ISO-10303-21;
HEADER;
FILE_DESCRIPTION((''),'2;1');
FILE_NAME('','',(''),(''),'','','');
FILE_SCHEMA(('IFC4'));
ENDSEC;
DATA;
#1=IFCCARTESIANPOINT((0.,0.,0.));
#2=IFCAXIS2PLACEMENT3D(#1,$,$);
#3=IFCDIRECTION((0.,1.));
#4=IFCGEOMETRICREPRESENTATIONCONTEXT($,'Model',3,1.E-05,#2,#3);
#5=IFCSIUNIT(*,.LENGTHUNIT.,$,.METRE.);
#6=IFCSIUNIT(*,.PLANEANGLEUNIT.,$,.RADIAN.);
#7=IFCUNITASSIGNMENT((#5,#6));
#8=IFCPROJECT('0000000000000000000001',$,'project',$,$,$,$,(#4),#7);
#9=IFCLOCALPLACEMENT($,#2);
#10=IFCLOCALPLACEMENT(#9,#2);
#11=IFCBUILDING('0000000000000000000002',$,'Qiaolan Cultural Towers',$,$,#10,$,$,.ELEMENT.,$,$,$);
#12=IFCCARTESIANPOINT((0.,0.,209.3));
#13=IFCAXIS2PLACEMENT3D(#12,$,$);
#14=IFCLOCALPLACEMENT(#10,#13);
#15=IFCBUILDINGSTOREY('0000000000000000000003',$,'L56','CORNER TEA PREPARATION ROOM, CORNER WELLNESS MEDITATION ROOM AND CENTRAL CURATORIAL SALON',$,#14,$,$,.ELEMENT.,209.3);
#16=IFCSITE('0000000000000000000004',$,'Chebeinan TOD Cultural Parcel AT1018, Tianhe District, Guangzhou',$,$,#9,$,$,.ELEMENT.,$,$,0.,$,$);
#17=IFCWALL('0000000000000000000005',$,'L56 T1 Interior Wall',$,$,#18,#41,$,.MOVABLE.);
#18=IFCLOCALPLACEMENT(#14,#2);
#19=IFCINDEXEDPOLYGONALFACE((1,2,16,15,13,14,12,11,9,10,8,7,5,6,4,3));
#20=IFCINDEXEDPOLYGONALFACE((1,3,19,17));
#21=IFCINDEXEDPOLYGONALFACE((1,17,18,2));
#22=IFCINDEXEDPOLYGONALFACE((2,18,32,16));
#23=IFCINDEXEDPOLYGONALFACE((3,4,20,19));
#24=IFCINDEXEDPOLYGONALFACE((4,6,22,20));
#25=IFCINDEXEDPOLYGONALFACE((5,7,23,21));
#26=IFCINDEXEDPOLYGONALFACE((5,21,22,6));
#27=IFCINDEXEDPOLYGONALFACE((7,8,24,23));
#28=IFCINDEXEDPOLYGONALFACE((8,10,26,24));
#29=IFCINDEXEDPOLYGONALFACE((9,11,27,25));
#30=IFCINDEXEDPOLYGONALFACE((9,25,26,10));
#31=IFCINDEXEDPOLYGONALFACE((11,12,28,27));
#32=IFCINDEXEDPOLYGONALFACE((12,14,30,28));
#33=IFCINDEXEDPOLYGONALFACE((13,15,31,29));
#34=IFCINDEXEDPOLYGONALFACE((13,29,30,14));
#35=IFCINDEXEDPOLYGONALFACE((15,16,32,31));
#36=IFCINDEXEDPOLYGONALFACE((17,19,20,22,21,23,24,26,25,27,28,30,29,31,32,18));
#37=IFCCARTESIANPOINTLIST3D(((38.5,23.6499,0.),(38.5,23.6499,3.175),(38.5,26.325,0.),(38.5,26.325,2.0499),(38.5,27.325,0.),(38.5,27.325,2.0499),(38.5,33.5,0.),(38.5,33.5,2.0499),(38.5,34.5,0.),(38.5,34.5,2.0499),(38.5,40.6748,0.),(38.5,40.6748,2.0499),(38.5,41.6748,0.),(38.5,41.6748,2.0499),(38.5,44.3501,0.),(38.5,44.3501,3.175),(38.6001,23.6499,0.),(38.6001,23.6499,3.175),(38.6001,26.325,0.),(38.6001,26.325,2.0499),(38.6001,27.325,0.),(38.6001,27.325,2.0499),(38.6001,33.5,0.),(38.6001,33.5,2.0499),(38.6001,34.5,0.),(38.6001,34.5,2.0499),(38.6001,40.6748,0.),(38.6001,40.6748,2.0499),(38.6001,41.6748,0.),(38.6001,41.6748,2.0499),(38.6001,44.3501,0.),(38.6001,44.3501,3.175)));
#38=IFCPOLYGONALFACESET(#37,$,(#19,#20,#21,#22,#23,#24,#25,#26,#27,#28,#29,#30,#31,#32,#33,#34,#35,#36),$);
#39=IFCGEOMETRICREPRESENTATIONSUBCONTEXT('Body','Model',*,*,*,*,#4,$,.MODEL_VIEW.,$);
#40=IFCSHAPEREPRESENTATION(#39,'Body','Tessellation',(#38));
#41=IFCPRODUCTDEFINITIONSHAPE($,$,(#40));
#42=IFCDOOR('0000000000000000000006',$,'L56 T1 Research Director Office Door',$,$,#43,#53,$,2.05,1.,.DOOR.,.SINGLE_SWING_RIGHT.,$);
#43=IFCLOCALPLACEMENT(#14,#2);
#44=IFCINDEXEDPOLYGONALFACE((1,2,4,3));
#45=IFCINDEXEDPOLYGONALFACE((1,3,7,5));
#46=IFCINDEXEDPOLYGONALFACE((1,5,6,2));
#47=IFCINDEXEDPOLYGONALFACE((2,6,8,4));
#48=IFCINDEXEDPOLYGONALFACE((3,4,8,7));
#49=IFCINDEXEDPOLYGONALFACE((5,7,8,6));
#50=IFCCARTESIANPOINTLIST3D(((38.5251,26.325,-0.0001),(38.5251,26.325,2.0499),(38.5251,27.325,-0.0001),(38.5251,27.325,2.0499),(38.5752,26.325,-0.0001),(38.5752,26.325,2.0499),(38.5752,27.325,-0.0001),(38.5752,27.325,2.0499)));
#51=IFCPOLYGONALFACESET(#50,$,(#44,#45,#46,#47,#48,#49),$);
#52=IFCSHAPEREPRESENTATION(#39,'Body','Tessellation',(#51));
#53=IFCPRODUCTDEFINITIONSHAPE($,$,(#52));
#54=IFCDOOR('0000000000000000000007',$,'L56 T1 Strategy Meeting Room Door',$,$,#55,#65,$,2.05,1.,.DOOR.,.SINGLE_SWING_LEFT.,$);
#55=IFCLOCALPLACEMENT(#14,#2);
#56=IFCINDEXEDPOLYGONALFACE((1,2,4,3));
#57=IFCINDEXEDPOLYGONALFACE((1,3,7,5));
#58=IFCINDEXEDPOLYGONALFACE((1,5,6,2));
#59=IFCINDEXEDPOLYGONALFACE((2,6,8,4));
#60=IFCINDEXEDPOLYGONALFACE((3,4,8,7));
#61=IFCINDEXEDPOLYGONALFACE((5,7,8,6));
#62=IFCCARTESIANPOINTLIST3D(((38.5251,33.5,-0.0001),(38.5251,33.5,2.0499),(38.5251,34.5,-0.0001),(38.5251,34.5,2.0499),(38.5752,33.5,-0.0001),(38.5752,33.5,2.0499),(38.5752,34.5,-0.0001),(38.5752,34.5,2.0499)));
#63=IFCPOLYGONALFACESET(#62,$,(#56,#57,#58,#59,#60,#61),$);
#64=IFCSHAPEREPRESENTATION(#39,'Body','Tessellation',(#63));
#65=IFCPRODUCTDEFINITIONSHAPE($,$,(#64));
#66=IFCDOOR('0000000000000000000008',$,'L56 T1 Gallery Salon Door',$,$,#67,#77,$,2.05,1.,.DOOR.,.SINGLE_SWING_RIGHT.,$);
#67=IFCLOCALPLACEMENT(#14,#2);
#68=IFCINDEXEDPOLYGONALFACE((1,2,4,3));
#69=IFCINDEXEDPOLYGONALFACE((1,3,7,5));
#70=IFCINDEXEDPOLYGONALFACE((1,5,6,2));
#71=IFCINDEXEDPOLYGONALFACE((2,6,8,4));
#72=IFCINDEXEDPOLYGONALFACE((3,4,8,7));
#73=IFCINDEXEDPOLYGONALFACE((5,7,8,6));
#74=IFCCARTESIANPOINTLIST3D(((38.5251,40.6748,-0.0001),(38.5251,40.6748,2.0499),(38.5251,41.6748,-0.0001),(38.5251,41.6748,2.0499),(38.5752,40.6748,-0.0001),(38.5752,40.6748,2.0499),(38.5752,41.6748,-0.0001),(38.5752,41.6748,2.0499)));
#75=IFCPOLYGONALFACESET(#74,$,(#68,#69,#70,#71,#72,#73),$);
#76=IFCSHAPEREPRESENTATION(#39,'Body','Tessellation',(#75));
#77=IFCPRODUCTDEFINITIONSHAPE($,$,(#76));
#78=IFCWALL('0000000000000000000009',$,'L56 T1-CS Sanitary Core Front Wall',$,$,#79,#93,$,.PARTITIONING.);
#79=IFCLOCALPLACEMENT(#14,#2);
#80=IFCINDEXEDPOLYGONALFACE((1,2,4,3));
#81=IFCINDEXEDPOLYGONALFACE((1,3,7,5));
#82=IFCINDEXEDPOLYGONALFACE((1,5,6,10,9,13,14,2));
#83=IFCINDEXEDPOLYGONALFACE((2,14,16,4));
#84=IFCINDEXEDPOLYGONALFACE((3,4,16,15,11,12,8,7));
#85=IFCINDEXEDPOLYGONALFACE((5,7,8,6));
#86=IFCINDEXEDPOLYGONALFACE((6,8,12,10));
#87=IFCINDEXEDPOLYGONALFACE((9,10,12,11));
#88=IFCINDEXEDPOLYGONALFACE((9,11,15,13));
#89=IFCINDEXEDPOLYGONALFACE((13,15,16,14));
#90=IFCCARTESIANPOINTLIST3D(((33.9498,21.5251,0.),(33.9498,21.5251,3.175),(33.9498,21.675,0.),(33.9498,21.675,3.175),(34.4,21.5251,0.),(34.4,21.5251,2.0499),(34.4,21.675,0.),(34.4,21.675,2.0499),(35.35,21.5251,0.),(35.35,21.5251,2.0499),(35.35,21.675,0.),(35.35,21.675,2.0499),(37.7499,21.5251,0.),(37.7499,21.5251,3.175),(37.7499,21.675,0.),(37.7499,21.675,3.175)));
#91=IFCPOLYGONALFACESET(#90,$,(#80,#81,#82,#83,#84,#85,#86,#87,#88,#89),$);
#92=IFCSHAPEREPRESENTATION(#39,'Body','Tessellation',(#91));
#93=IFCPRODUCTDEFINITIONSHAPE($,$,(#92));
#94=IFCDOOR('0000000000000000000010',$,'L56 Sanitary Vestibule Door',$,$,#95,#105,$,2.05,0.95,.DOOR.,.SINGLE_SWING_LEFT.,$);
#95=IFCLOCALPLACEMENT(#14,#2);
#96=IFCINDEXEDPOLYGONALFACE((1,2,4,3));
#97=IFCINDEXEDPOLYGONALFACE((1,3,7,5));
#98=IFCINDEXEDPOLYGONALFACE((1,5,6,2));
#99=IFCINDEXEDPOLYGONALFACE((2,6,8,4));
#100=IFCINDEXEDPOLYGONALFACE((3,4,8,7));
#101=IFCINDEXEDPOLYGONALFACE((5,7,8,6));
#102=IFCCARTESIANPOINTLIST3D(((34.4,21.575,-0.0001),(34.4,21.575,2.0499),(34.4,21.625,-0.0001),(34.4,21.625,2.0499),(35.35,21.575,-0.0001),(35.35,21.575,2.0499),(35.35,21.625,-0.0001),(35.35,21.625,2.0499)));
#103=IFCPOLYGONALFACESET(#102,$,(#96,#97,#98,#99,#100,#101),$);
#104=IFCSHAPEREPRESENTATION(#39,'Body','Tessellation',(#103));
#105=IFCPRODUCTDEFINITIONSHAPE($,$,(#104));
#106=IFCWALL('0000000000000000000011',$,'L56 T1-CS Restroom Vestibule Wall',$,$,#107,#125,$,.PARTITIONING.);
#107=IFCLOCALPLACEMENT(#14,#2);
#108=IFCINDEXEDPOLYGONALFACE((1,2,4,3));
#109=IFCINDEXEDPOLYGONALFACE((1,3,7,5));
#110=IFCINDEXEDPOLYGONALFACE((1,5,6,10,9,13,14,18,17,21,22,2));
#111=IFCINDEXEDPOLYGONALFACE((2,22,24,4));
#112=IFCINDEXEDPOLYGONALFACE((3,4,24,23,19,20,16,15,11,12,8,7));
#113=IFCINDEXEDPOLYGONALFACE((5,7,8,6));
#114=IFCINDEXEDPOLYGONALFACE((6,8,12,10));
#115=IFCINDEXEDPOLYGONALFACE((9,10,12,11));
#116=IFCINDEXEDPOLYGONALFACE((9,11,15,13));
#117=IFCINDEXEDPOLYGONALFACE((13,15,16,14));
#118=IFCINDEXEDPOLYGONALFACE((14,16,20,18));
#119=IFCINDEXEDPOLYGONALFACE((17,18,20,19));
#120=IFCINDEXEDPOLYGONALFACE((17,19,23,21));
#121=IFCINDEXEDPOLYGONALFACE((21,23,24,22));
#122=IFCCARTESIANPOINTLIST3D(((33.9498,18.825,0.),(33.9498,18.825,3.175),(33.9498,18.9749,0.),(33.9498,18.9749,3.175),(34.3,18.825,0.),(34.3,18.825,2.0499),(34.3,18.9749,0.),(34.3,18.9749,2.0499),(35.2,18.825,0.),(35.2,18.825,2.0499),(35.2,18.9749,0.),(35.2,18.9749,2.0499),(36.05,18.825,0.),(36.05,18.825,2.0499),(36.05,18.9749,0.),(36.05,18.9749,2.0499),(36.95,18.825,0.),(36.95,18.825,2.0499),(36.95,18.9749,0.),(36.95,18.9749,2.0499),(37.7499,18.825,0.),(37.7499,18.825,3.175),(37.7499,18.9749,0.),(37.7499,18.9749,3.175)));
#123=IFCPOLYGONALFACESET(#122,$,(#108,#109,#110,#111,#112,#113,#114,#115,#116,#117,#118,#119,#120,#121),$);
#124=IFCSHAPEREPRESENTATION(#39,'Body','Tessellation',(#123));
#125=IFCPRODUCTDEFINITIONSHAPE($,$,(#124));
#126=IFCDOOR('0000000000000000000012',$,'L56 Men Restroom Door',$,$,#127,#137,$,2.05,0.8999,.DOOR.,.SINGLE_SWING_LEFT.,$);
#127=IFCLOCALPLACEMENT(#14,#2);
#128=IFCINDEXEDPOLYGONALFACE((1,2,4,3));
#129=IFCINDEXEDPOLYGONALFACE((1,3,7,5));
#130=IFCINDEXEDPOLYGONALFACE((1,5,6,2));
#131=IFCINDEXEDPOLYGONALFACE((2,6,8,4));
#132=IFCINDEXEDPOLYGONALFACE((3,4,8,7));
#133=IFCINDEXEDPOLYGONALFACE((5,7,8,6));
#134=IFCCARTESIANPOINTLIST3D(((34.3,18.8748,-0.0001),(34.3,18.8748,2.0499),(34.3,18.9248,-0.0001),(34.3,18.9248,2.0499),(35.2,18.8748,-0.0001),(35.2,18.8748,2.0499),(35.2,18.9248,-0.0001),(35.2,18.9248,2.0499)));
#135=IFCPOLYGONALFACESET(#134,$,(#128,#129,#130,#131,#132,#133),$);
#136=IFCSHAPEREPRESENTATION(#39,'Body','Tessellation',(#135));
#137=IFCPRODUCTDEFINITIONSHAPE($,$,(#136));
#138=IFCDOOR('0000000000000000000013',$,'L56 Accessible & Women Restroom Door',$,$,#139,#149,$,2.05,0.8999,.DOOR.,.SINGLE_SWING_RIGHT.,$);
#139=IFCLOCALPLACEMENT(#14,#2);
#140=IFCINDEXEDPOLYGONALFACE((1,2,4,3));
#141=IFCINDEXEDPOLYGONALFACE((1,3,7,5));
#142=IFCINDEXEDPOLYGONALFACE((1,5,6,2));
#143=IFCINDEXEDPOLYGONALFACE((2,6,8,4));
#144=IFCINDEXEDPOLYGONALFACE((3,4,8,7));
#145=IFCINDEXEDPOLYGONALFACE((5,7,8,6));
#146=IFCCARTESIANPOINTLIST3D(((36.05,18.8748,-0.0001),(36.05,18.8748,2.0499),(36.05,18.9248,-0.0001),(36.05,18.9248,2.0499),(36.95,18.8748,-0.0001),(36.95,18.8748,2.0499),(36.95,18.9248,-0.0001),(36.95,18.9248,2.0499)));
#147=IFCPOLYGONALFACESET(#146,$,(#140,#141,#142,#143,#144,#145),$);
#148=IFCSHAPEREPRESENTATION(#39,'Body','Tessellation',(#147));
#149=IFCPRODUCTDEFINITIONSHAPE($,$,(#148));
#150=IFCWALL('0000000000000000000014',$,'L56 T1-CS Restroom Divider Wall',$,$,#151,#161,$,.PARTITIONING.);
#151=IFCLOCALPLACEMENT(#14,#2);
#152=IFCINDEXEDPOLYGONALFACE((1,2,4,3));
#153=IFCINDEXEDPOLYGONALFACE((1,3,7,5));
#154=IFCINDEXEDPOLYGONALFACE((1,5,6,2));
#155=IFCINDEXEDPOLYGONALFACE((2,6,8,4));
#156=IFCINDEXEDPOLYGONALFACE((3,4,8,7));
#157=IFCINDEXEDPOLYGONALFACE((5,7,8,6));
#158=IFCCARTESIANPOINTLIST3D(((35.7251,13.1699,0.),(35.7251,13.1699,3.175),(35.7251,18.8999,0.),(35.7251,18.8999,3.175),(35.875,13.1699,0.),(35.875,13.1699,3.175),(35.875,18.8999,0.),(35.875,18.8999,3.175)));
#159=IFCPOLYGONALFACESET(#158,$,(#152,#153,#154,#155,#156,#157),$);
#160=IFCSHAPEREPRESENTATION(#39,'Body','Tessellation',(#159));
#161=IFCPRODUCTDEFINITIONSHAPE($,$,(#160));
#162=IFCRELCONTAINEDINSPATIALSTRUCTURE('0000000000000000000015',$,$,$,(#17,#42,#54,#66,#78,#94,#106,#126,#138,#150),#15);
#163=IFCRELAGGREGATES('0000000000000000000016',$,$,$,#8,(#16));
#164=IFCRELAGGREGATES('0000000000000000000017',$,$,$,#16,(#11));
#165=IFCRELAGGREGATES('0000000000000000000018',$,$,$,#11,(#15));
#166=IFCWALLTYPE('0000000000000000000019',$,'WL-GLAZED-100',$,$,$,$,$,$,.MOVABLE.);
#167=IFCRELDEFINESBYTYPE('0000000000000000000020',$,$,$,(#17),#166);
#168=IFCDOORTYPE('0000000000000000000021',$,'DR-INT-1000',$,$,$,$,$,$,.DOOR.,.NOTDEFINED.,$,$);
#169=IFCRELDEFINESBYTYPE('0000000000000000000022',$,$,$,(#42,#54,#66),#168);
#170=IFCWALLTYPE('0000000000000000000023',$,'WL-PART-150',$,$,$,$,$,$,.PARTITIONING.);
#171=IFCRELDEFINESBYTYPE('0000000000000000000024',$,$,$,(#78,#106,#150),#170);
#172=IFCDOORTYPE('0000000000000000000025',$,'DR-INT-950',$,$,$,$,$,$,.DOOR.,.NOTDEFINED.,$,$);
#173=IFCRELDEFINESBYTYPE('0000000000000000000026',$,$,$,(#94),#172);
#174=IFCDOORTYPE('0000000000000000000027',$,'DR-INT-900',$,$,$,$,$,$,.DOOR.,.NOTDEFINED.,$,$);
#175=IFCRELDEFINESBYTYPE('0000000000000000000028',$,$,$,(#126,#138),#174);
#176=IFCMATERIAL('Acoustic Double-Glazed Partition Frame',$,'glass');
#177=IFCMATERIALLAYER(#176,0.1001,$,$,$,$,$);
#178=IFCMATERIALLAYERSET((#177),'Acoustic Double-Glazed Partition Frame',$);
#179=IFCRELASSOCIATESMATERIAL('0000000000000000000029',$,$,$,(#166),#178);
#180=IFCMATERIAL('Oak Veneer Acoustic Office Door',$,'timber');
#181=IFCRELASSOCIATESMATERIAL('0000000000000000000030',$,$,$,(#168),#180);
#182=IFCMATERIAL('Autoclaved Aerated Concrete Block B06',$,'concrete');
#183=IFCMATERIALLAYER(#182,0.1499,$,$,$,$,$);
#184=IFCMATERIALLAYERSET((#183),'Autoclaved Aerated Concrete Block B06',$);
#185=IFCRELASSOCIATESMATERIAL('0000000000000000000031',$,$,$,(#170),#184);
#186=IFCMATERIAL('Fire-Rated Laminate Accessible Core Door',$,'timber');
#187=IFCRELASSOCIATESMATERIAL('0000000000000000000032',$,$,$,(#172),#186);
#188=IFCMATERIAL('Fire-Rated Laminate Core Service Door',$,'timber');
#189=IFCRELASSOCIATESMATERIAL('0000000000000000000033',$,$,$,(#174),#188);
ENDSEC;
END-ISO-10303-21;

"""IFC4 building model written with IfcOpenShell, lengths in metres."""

from ifc_helpers import new_model, si_unit, direction, frame, frame_2d, origin, place, context, subcontext, project, spatial, rectangle, extrude, material, layer, layer_set, type_object, element, fill, save


model = new_model("IFC4")

# Units and contexts
model_context = context("Model", 3, precision=1e-05, world=origin(), true_north=direction((0.0, 1.0)))
body_context = subcontext(model_context, "Body", "Model", "MODEL_VIEW")
ifc_project = project(units=[si_unit("LENGTHUNIT", "METRE"), si_unit("PLANEANGLEUNIT", "RADIAN")], contexts=[model_context])

# Site, building, storey
site_placement = place(None, origin())
site = spatial("IfcSite", under=ifc_project, at=site_placement, Name="Chebeinan TOD Cultural Parcel AT1018, Tianhe District, Guangzhou", CompositionType="ELEMENT", RefElevation=0.0)
building_placement = place(site_placement, origin())
building = spatial("IfcBuilding", under=site, at=building_placement, Name="Qiaolan Cultural Towers", CompositionType="ELEMENT")
storey_placement = place(building_placement, frame((0.0, 0.0, 209.3)))
storey = spatial("IfcBuildingStorey", under=building, at=storey_placement, Name="L56", Description="CORNER TEA PREPARATION ROOM, CORNER WELLNESS MEDITATION ROOM AND CENTRAL CURATORIAL SALON", CompositionType="ELEMENT", Elevation=209.3)

# Shared definitions
ifc_material_1 = material(Name="Acoustic Double-Glazed Partition Frame", Category="glass")
ifc_layer_1 = layer(ifc_material_1, 0.1001)
ifc_layer_set_1 = layer_set([ifc_layer_1], Name="Acoustic Double-Glazed Partition Frame")
wall_type_1 = type_object("IfcWallType", Name="WL-GLAZED-100", PredefinedType="MOVABLE", material=ifc_layer_set_1)

# Wall, openings, doors
wall_1_placement = place(storey_placement, frame((38.55, 23.6499, 0.0), z_axis=(0.0, 0.0, 1.0), x_axis=(0.0, 1.0, 0.0)))
wall_1 = element("IfcWall", 1, at=wall_1_placement, inside=storey, type_object=wall_type_1, Name="L56 T1 Interior Wall", PredefinedType="MOVABLE", context=body_context, shape_type="SweptSolid", body=[
    extrude(rectangle(XDim=20.7002, YDim=0.1001, at=frame_2d((10.3501, 0.0))), origin(), (0.0, 0.0, 1.0), 3.175),
])
opening_1_placement = place(wall_1_placement, frame((2.675, 0.0, 0.0)))
opening_1 = element("IfcOpeningElement", 2, at=opening_1_placement, cuts=wall_1, PredefinedType="OPENING", context=body_context, shape_type="SweptSolid", body=[
    extrude(rectangle(XDim=1.0, YDim=2.05, at=frame_2d((0.5, 1.0249))), frame((0.0, 0.0601, 0.0), z_axis=(0.0, -1.0, 0.0), x_axis=(1.0, 0.0, 0.0)), (0.0, 0.0, 1.0), 0.1201),
])
opening_2_placement = place(wall_1_placement, frame((9.8501, 0.0, 0.0)))
opening_2 = element("IfcOpeningElement", 3, at=opening_2_placement, cuts=wall_1, PredefinedType="OPENING", context=body_context, shape_type="SweptSolid", body=[
    extrude(rectangle(XDim=1.0, YDim=2.05, at=frame_2d((0.5, 1.0249))), frame((0.0, 0.0601, 0.0), z_axis=(0.0, -1.0, 0.0), x_axis=(1.0, 0.0, 0.0)), (0.0, 0.0, 1.0), 0.1201),
])
opening_3_placement = place(wall_1_placement, frame((17.0249, 0.0, 0.0)))
opening_3 = element("IfcOpeningElement", 4, at=opening_3_placement, cuts=wall_1, PredefinedType="OPENING", context=body_context, shape_type="SweptSolid", body=[
    extrude(rectangle(XDim=1.0, YDim=2.05, at=frame_2d((0.5, 1.0249))), frame((0.0, 0.0601, 0.0), z_axis=(0.0, -1.0, 0.0), x_axis=(1.0, 0.0, 0.0)), (0.0, 0.0, 1.0), 0.1201),
])
ifc_material_2 = material(Name="Oak Veneer Acoustic Office Door", Category="timber")
door_type_1 = type_object("IfcDoorType", Name="DR-INT-1000", OperationType="NOTDEFINED", PredefinedType="DOOR", material=ifc_material_2)
door_1_placement = place(opening_1_placement, origin())
door_1 = element("IfcDoor", 5, at=door_1_placement, inside=storey, type_object=door_type_1, Name="L56 T1 Research Director Office Door", OperationType="SINGLE_SWING_RIGHT", OverallHeight=2.05, OverallWidth=1.0, PredefinedType="DOOR", context=body_context, shape_type="SweptSolid", body=[
    extrude(rectangle(XDim=1.0, YDim=2.05, at=frame_2d((0.5, 1.0249))), frame((0.0, 0.0249, 0.0), z_axis=(0.0, -1.0, 0.0), x_axis=(1.0, 0.0, 0.0)), (0.0, 0.0, 1.0), 0.05),
])
fill(opening_1, door_1)
door_2_placement = place(opening_2_placement, origin())
door_2 = element("IfcDoor", 6, at=door_2_placement, inside=storey, type_object=door_type_1, Name="L56 T1 Strategy Meeting Room Door", OperationType="SINGLE_SWING_LEFT", OverallHeight=2.05, OverallWidth=1.0, PredefinedType="DOOR", context=body_context, shape_type="SweptSolid", body=[
    extrude(rectangle(XDim=1.0, YDim=2.05, at=frame_2d((0.5, 1.0249))), frame((0.0, 0.0249, 0.0), z_axis=(0.0, -1.0, 0.0), x_axis=(1.0, 0.0, 0.0)), (0.0, 0.0, 1.0), 0.05),
])
fill(opening_2, door_2)
door_3_placement = place(opening_3_placement, origin())
door_3 = element("IfcDoor", 7, at=door_3_placement, inside=storey, type_object=door_type_1, Name="L56 T1 Gallery Salon Door", OperationType="SINGLE_SWING_RIGHT", OverallHeight=2.05, OverallWidth=1.0, PredefinedType="DOOR", context=body_context, shape_type="SweptSolid", body=[
    extrude(rectangle(XDim=1.0, YDim=2.05, at=frame_2d((0.5, 1.0249))), frame((0.0, 0.0249, 0.0), z_axis=(0.0, -1.0, 0.0), x_axis=(1.0, 0.0, 0.0)), (0.0, 0.0, 1.0), 0.05),
])
fill(opening_3, door_3)

# Wall, opening, door
ifc_material_3 = material(Name="Autoclaved Aerated Concrete Block B06", Category="concrete")
ifc_layer_2 = layer(ifc_material_3, 0.1499)
ifc_layer_set_2 = layer_set([ifc_layer_2], Name="Autoclaved Aerated Concrete Block B06")
wall_type_2 = type_object("IfcWallType", Name="WL-PART-150", PredefinedType="PARTITIONING", material=ifc_layer_set_2)
wall_2_placement = place(storey_placement, frame((33.95, 21.6001, 0.0), z_axis=(0.0, 0.0, 1.0), x_axis=(1.0, 0.0, 0.0)))
wall_2 = element("IfcWall", 8, at=wall_2_placement, inside=storey, type_object=wall_type_2, Name="L56 T1-CS Sanitary Core Front Wall", PredefinedType="PARTITIONING", context=body_context, shape_type="SweptSolid", body=[
    extrude(rectangle(XDim=3.8, YDim=0.1499, at=frame_2d((1.8999, 0.0))), origin(), (0.0, 0.0, 1.0), 3.175),
])
opening_4_placement = place(wall_2_placement, frame((0.45, 0.0, 0.0)))
opening_4 = element("IfcOpeningElement", 9, at=opening_4_placement, cuts=wall_2, PredefinedType="OPENING", context=body_context, shape_type="SweptSolid", body=[
    extrude(rectangle(XDim=0.95, YDim=2.05, at=frame_2d((0.4751, 1.0249))), frame((0.0, 0.085, 0.0), z_axis=(0.0, -1.0, 0.0), x_axis=(1.0, 0.0, 0.0)), (0.0, 0.0, 1.0), 0.1699),
])
ifc_material_4 = material(Name="Fire-Rated Laminate Accessible Core Door", Category="timber")
door_type_2 = type_object("IfcDoorType", Name="DR-INT-950", OperationType="NOTDEFINED", PredefinedType="DOOR", material=ifc_material_4)
door_4_placement = place(opening_4_placement, origin())
door_4 = element("IfcDoor", 10, at=door_4_placement, inside=storey, type_object=door_type_2, Name="L56 Sanitary Vestibule Door", OperationType="SINGLE_SWING_LEFT", OverallHeight=2.05, OverallWidth=0.95, PredefinedType="DOOR", context=body_context, shape_type="SweptSolid", body=[
    extrude(rectangle(XDim=0.95, YDim=2.05, at=frame_2d((0.4751, 1.0249))), frame((0.0, 0.0249, 0.0), z_axis=(0.0, -1.0, 0.0), x_axis=(1.0, 0.0, 0.0)), (0.0, 0.0, 1.0), 0.05),
])
fill(opening_4, door_4)

# Wall, openings, doors
wall_3_placement = place(storey_placement, frame((33.95, 18.8999, 0.0), z_axis=(0.0, 0.0, 1.0), x_axis=(1.0, 0.0, 0.0)))
wall_3 = element("IfcWall", 11, at=wall_3_placement, inside=storey, type_object=wall_type_2, Name="L56 T1-CS Restroom Vestibule Wall", PredefinedType="PARTITIONING", context=body_context, shape_type="SweptSolid", body=[
    extrude(rectangle(XDim=3.8, YDim=0.1499, at=frame_2d((1.8999, 0.0))), origin(), (0.0, 0.0, 1.0), 3.175),
])
opening_5_placement = place(wall_3_placement, frame((0.3501, 0.0, 0.0)))
opening_5 = element("IfcOpeningElement", 12, at=opening_5_placement, cuts=wall_3, PredefinedType="OPENING", context=body_context, shape_type="SweptSolid", body=[
    extrude(rectangle(XDim=0.8999, YDim=2.05, at=frame_2d((0.45, 1.0249))), frame((0.0, 0.085, 0.0), z_axis=(0.0, -1.0, 0.0), x_axis=(1.0, 0.0, 0.0)), (0.0, 0.0, 1.0), 0.1699),
])
opening_6_placement = place(wall_3_placement, frame((2.1001, 0.0, 0.0)))
opening_6 = element("IfcOpeningElement", 13, at=opening_6_placement, cuts=wall_3, PredefinedType="OPENING", context=body_context, shape_type="SweptSolid", body=[
    extrude(rectangle(XDim=0.8999, YDim=2.05, at=frame_2d((0.45, 1.0249))), frame((0.0, 0.085, 0.0), z_axis=(0.0, -1.0, 0.0), x_axis=(1.0, 0.0, 0.0)), (0.0, 0.0, 1.0), 0.1699),
])
ifc_material_5 = material(Name="Fire-Rated Laminate Core Service Door", Category="timber")
door_type_3 = type_object("IfcDoorType", Name="DR-INT-900", OperationType="NOTDEFINED", PredefinedType="DOOR", material=ifc_material_5)
door_5_placement = place(opening_5_placement, origin())
door_5 = element("IfcDoor", 14, at=door_5_placement, inside=storey, type_object=door_type_3, Name="L56 Men Restroom Door", OperationType="SINGLE_SWING_LEFT", OverallHeight=2.05, OverallWidth=0.8999, PredefinedType="DOOR", context=body_context, shape_type="SweptSolid", body=[
    extrude(rectangle(XDim=0.8999, YDim=2.05, at=frame_2d((0.45, 1.0249))), frame((0.0, 0.0249, 0.0), z_axis=(0.0, -1.0, 0.0), x_axis=(1.0, 0.0, 0.0)), (0.0, 0.0, 1.0), 0.05),
])
fill(opening_5, door_5)
door_6_placement = place(opening_6_placement, origin())
door_6 = element("IfcDoor", 15, at=door_6_placement, inside=storey, type_object=door_type_3, Name="L56 Accessible & Women Restroom Door", OperationType="SINGLE_SWING_RIGHT", OverallHeight=2.05, OverallWidth=0.8999, PredefinedType="DOOR", context=body_context, shape_type="SweptSolid", body=[
    extrude(rectangle(XDim=0.8999, YDim=2.05, at=frame_2d((0.45, 1.0249))), frame((0.0, 0.0249, 0.0), z_axis=(0.0, -1.0, 0.0), x_axis=(1.0, 0.0, 0.0)), (0.0, 0.0, 1.0), 0.05),
])
fill(opening_6, door_6)

# Wall
wall_4_placement = place(storey_placement, frame((35.8, 18.8999, 0.0), z_axis=(0.0, 0.0, 1.0), x_axis=(0.0, -1.0, 0.0)))
element("IfcWall", 16, at=wall_4_placement, inside=storey, type_object=wall_type_2, Name="L56 T1-CS Restroom Divider Wall", PredefinedType="PARTITIONING", context=body_context, shape_type="SweptSolid", body=[
    extrude(rectangle(XDim=5.73, YDim=0.1499, at=frame_2d((2.865, 0.0))), origin(), (0.0, 0.0, 1.0), 3.175),
])

save(model, "model.ifc")
